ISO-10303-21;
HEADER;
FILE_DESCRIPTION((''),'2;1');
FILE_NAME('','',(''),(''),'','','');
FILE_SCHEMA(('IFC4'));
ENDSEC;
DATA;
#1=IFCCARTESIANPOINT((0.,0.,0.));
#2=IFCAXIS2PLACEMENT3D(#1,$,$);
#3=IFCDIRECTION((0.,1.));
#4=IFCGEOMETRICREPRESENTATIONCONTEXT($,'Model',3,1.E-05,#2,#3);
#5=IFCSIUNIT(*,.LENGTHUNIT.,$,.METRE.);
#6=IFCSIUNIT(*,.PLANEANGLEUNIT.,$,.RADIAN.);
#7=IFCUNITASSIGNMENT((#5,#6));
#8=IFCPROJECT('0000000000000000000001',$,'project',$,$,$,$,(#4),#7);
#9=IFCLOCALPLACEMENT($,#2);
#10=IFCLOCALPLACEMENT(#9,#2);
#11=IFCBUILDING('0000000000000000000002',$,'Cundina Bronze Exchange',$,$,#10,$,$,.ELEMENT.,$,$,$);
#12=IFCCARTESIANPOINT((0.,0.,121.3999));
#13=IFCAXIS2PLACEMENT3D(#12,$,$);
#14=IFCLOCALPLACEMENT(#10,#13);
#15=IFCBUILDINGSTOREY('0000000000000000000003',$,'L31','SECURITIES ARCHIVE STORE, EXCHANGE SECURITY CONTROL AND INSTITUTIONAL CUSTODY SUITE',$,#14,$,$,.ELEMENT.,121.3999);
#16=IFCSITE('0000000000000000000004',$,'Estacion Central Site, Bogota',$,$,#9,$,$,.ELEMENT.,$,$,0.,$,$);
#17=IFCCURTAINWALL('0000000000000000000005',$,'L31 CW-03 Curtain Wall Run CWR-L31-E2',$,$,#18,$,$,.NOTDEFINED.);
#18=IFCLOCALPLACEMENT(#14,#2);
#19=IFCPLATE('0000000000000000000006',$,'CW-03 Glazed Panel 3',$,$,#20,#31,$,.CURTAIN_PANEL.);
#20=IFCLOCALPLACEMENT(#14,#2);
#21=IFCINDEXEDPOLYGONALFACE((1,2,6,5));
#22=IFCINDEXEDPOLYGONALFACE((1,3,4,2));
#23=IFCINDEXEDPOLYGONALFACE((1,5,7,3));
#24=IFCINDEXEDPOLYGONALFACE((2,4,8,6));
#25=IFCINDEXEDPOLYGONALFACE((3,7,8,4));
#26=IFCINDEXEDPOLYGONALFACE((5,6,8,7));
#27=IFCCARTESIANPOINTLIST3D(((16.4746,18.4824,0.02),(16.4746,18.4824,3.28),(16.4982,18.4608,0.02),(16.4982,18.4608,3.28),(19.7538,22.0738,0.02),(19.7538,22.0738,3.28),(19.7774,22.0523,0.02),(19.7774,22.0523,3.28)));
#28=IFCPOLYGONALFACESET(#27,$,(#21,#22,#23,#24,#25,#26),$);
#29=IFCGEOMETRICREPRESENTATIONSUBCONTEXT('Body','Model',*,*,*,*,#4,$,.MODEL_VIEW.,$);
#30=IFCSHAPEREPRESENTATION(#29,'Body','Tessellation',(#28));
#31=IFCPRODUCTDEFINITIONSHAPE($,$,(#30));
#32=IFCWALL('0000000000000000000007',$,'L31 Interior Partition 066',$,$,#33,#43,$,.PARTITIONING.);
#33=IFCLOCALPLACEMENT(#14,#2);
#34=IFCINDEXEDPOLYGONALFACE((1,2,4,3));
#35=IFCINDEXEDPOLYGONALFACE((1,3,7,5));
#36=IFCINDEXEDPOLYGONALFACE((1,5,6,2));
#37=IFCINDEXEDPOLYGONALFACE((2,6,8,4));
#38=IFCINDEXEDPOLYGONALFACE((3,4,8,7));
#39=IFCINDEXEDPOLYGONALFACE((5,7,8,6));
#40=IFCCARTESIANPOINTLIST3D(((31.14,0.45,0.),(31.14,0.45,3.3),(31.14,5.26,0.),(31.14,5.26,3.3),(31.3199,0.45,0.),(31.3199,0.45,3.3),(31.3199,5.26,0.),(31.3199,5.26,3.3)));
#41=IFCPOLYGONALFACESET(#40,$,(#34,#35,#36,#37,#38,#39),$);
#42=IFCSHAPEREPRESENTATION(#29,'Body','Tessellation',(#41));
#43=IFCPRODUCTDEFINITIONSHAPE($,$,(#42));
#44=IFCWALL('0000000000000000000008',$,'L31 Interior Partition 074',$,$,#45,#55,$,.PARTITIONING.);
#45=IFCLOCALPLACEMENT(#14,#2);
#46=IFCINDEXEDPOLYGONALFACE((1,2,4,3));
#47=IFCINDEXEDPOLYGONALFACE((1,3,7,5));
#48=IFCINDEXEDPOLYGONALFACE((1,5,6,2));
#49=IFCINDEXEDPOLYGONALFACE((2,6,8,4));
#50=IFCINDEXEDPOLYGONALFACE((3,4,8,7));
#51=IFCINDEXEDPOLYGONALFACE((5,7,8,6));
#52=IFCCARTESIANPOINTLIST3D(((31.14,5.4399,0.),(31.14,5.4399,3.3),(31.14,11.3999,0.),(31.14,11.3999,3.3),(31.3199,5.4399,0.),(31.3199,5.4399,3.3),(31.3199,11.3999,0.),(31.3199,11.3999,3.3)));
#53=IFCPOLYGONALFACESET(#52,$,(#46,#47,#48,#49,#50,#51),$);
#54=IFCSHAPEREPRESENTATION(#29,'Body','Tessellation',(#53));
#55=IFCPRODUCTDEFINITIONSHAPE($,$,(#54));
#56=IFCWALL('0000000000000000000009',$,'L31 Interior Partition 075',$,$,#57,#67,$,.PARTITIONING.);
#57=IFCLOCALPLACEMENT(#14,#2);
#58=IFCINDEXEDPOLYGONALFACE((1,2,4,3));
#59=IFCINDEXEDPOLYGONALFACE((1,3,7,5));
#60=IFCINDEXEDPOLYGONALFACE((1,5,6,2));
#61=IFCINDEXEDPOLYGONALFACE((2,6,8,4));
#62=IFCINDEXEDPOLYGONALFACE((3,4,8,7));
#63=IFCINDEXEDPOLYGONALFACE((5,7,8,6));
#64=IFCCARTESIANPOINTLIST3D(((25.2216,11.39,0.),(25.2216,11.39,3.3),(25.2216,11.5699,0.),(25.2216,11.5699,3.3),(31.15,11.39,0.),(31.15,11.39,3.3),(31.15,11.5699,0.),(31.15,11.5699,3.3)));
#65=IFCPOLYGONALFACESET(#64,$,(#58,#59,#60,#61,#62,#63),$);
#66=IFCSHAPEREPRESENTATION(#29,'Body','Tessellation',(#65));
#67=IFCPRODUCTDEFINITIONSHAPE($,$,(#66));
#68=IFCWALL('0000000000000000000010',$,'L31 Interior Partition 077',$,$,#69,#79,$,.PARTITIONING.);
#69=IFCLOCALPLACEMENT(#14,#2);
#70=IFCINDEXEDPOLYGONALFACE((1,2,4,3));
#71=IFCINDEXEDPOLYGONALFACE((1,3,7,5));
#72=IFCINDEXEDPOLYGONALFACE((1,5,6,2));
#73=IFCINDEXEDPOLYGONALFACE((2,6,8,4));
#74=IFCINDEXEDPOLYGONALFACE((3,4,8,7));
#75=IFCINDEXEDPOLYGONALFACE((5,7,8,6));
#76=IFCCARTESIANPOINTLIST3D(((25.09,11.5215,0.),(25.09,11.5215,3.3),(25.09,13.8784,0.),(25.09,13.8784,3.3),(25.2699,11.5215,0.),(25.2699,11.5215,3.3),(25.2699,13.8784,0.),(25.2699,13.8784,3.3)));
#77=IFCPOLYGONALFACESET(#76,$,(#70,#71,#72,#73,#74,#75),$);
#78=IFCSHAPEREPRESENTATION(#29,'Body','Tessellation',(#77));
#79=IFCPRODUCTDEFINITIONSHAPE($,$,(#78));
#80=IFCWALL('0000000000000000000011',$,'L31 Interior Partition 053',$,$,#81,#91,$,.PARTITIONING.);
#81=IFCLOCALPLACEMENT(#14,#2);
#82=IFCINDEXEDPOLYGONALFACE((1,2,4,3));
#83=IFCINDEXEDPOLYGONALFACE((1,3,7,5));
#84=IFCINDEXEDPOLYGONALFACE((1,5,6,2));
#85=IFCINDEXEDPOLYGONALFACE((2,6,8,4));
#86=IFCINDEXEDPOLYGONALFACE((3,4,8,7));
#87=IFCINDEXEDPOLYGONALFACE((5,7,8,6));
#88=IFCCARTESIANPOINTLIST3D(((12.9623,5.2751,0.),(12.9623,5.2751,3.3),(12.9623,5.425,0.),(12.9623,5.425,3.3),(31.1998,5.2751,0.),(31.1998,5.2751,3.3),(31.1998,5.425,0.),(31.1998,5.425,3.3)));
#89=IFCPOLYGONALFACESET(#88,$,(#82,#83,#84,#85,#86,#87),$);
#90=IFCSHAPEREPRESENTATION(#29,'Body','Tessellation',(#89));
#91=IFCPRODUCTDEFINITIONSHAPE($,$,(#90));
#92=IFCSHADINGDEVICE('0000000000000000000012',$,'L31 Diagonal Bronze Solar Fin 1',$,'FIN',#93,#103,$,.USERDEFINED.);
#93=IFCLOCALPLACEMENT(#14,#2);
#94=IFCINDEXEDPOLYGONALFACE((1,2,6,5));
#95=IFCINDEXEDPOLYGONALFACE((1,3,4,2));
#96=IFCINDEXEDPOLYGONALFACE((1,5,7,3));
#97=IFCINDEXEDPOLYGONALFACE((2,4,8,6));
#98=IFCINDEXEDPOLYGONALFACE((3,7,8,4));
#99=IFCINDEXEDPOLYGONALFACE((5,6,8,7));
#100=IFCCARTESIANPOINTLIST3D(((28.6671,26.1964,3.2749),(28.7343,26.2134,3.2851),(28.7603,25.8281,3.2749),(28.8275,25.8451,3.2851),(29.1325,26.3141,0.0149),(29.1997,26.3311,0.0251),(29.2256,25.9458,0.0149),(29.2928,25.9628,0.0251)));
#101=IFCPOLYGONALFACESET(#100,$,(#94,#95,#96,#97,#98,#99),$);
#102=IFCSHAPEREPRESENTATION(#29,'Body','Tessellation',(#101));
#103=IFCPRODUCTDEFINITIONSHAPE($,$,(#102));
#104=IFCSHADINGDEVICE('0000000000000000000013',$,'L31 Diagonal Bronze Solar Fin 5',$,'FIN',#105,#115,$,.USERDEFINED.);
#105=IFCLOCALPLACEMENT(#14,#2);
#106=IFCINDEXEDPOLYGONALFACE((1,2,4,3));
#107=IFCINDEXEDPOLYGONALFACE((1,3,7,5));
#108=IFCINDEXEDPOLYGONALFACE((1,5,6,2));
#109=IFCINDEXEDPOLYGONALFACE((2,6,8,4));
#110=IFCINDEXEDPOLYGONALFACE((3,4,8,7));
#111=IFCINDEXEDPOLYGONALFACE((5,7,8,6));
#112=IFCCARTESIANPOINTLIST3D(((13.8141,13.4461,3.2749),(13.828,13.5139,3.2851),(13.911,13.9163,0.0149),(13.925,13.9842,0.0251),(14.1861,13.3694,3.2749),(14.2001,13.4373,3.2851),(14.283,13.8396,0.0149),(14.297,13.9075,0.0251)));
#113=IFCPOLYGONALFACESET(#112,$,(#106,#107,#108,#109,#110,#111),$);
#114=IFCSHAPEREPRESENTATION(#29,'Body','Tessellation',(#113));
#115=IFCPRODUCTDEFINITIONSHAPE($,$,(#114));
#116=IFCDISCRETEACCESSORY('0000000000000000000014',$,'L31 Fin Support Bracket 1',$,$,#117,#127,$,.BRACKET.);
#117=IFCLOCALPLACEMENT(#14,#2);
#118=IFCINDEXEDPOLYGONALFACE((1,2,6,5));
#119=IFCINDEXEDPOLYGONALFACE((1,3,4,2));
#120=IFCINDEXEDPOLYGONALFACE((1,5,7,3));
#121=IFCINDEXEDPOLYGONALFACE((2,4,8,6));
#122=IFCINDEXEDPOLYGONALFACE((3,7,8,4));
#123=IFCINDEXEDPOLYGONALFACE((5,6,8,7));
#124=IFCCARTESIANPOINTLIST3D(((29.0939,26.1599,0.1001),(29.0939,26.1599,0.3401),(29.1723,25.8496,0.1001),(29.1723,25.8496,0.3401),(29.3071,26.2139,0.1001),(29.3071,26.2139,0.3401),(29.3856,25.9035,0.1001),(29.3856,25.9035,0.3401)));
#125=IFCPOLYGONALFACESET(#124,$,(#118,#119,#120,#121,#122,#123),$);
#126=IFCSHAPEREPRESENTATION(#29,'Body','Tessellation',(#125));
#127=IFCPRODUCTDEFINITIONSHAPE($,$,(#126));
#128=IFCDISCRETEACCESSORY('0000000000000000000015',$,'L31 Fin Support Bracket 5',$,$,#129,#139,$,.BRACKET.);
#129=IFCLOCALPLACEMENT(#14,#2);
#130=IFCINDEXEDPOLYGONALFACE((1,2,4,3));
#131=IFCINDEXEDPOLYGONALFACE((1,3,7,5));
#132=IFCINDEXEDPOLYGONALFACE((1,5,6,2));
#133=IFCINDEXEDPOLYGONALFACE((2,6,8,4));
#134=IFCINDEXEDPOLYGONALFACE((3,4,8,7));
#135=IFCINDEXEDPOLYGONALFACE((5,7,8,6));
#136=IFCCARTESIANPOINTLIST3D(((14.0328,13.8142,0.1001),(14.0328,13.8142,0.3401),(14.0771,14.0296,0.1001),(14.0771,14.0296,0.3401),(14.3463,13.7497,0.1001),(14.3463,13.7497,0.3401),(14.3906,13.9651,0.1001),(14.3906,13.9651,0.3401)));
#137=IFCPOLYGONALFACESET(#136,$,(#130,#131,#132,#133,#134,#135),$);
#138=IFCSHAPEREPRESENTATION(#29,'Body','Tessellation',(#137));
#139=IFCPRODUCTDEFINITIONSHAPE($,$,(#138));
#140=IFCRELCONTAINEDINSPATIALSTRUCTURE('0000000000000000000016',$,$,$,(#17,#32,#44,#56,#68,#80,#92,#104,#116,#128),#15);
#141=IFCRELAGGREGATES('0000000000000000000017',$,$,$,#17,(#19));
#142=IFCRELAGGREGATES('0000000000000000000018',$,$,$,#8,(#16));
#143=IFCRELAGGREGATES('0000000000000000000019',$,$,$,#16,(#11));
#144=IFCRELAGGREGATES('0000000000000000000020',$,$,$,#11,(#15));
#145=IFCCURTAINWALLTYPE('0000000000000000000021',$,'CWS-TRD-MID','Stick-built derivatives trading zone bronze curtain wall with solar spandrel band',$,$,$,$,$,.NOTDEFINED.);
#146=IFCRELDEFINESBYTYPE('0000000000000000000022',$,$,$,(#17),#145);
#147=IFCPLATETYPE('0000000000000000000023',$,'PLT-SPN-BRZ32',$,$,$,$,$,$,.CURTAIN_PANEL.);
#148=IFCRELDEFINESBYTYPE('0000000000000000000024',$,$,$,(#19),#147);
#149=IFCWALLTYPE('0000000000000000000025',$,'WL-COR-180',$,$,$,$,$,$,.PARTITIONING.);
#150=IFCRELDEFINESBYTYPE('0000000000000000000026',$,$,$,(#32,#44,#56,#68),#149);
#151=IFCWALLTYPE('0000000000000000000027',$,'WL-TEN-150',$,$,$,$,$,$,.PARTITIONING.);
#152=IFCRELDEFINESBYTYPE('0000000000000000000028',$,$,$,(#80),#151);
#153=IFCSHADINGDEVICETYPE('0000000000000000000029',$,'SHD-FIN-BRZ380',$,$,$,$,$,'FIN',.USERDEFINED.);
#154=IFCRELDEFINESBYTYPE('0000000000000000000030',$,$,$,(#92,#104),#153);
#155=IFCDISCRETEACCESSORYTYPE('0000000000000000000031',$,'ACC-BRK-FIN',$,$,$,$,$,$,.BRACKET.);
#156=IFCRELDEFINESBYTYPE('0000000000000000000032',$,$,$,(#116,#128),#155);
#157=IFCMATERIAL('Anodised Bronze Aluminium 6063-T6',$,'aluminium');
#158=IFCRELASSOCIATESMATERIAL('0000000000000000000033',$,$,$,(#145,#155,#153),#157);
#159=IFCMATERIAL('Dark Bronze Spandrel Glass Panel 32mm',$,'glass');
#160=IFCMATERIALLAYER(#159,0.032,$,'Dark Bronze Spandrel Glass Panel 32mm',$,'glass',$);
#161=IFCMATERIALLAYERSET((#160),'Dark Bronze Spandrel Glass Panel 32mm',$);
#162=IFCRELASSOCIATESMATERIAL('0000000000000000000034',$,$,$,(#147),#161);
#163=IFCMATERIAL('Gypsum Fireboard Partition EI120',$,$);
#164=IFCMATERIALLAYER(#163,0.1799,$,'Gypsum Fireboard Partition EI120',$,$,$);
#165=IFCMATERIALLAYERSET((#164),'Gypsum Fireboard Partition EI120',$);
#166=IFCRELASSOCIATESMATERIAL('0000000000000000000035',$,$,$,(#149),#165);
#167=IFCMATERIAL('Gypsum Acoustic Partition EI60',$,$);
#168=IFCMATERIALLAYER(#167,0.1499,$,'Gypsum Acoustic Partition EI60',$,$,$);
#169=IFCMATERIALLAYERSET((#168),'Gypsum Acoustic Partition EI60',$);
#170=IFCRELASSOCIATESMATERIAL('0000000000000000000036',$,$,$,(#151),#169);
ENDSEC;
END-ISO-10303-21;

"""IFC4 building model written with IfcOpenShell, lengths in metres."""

from ifc_helpers import new_model, si_unit, direction, frame, frame_2d, origin, origin_2d, place, context, subcontext, project, spatial, rectangle, extrude, material, layer, layer_set, material_profile, profile_set, type_object, element, aggregate, save


model = new_model("IFC4")

# Units and contexts
model_context = context("Model", 3, precision=1e-05, world=origin(), true_north=direction((0.0, 1.0)))
body_context = subcontext(model_context, "Body", "Model", "MODEL_VIEW")
ifc_project = project(units=[si_unit("LENGTHUNIT", "METRE"), si_unit("PLANEANGLEUNIT", "RADIAN")], contexts=[model_context])

# Site, building, storey
site_placement = place(None, origin())
site = spatial("IfcSite", under=ifc_project, at=site_placement, Name="Estacion Central Site, Bogota", CompositionType="ELEMENT", RefElevation=0.0)
building_placement = place(site_placement, origin())
building = spatial("IfcBuilding", under=site, at=building_placement, Name="Cundina Bronze Exchange", CompositionType="ELEMENT")
storey_placement = place(building_placement, frame((0.0, 0.0, 121.3999)))
storey = spatial("IfcBuildingStorey", under=building, at=storey_placement, Name="L31", Description="SECURITIES ARCHIVE STORE, EXCHANGE SECURITY CONTROL AND INSTITUTIONAL CUSTODY SUITE", CompositionType="ELEMENT", Elevation=121.3999)

# Shared definitions
ifc_material_1 = material(Name="Anodised Bronze Aluminium 6063-T6", Category="aluminium")
curtain_wall_type = type_object("IfcCurtainWallType", Name="CWS-TRD-MID", Description="Stick-built derivatives trading zone bronze curtain wall with solar spandrel band", PredefinedType="NOTDEFINED", material=ifc_material_1)

# Curtain wall, plate
curtain_wall_1_placement = place(storey_placement, origin())
curtain_wall_1 = element("IfcCurtainWall", 1, at=curtain_wall_1_placement, inside=storey, type_object=curtain_wall_type, Name="L31 CW-03 Curtain Wall Run CWR-L31-E2", PredefinedType="NOTDEFINED")
ifc_material_2 = material(Name="Dark Bronze Spandrel Glass Panel 32mm", Category="glass")
ifc_layer_1 = layer(ifc_material_2, 0.032, Name="Dark Bronze Spandrel Glass Panel 32mm", Category="glass")
ifc_layer_set_1 = layer_set([ifc_layer_1], Name="Dark Bronze Spandrel Glass Panel 32mm")
plate_type_1 = type_object("IfcPlateType", Name="PLT-SPN-BRZ32", PredefinedType="CURTAIN_PANEL", material=ifc_layer_set_1)
plate_1_placement = place(storey_placement, frame((18.126, 20.2673, 0.02), z_axis=(0.0, 0.0, 1.0), x_axis=(-0.674277, -0.738479, 0.0)))
plate_1 = element("IfcPlate", 2, at=plate_1_placement, type_object=plate_type_1, Name="CW-03 Glazed Panel 3", PredefinedType="CURTAIN_PANEL", context=body_context, shape_type="SweptSolid", body=[
    extrude(rectangle(XDim=4.8633, YDim=0.032, at=origin_2d()), origin(), (0.0, 0.0, 1.0), 3.26),
])
aggregate(curtain_wall_1, [plate_1])

# Walls
ifc_material_3 = material(Name="Gypsum Fireboard Partition EI120")
ifc_layer_2 = layer(ifc_material_3, 0.1799, Name="Gypsum Fireboard Partition EI120")
ifc_layer_set_2 = layer_set([ifc_layer_2], Name="Gypsum Fireboard Partition EI120")
wall_type_1 = type_object("IfcWallType", Name="WL-COR-180", PredefinedType="PARTITIONING", material=ifc_layer_set_2)
wall_1_placement = place(storey_placement, frame((31.23, 5.26, 0.0), z_axis=(0.0, 0.0, 1.0), x_axis=(0.0, -1.0, 0.0)))
element("IfcWall", 3, at=wall_1_placement, inside=storey, type_object=wall_type_1, Name="L31 Interior Partition 066", PredefinedType="PARTITIONING", context=body_context, shape_type="SweptSolid", body=[
    extrude(rectangle(XDim=4.8101, YDim=0.1799, at=frame_2d((2.405, 0.0))), origin(), (0.0, 0.0, 1.0), 3.3),
])
wall_2_placement = place(storey_placement, frame((31.23, 11.3999, 0.0), z_axis=(0.0, 0.0, 1.0), x_axis=(0.0, -1.0, 0.0)))
element("IfcWall", 4, at=wall_2_placement, inside=storey, type_object=wall_type_1, Name="L31 Interior Partition 074", PredefinedType="PARTITIONING", context=body_context, shape_type="SweptSolid", body=[
    extrude(rectangle(XDim=5.96, YDim=0.1799, at=frame_2d((2.98, 0.0))), origin(), (0.0, 0.0, 1.0), 3.3),
])
wall_3_placement = place(storey_placement, frame((25.2214, 11.48, 0.0), z_axis=(0.0, 0.0, 1.0), x_axis=(1.0, 0.0, 0.0)))
element("IfcWall", 5, at=wall_3_placement, inside=storey, type_object=wall_type_1, Name="L31 Interior Partition 075", PredefinedType="PARTITIONING", context=body_context, shape_type="SweptSolid", body=[
    extrude(rectangle(XDim=5.9285, YDim=0.1799, at=frame_2d((2.9644, 0.0))), origin(), (0.0, 0.0, 1.0), 3.3),
])
wall_4_placement = place(storey_placement, frame((25.1799, 13.8784, 0.0), z_axis=(0.0, 0.0, 1.0), x_axis=(0.0, -1.0, 0.0)))
element("IfcWall", 6, at=wall_4_placement, inside=storey, type_object=wall_type_1, Name="L31 Interior Partition 077", PredefinedType="PARTITIONING", context=body_context, shape_type="SweptSolid", body=[
    extrude(rectangle(XDim=2.3569, YDim=0.1799, at=frame_2d((1.1785, 0.0))), origin(), (0.0, 0.0, 1.0), 3.3),
])
ifc_material_4 = material(Name="Gypsum Acoustic Partition EI60")
ifc_layer_3 = layer(ifc_material_4, 0.1499, Name="Gypsum Acoustic Partition EI60")
ifc_layer_set_3 = layer_set([ifc_layer_3], Name="Gypsum Acoustic Partition EI60")
wall_type_2 = type_object("IfcWallType", Name="WL-TEN-150", PredefinedType="PARTITIONING", material=ifc_layer_set_3)
wall_5_placement = place(storey_placement, frame((12.9624, 5.3501, 0.0), z_axis=(0.0, 0.0, 1.0), x_axis=(1.0, 0.0, 0.0)))
element("IfcWall", 7, at=wall_5_placement, inside=storey, type_object=wall_type_2, Name="L31 Interior Partition 053", PredefinedType="PARTITIONING", context=body_context, shape_type="SweptSolid", body=[
    extrude(rectangle(XDim=18.2375, YDim=0.1499, at=frame_2d((9.1187, 0.0))), origin(), (0.0, 0.0, 1.0), 3.3),
])

# Shading devices
ifc_material_profile_1 = material_profile(ifc_material_1, rectangle(XDim=0.0701, YDim=0.3799, at=origin_2d()), Name="FIN70X380", Category="aluminium")
ifc_profile_set_1 = profile_set([ifc_material_profile_1], Name="Anodised Bronze Aluminium 6063-T6")
shading_device_type = type_object("IfcShadingDeviceType", Name="SHD-FIN-BRZ380", ElementType="FIN", PredefinedType="USERDEFINED", material=ifc_profile_set_1)
for number, where, z_axis, x_axis, name in (
    (8, (29.2126, 26.1384, 0.02), (-0.141217, -0.035712, 0.989334), (0.959141, 0.242553, 0.145663), "L31 Diagonal Bronze Solar Fin 1"),
    (9, (14.104, 13.9119, 0.02), (-0.029414, -0.142698, 0.989329), (0.199728, 0.968959, 0.145698), "L31 Diagonal Bronze Solar Fin 5"),
):
    element("IfcShadingDevice", number, at=place(storey_placement, frame(where, z_axis=z_axis, x_axis=x_axis)), inside=storey, type_object=shading_device_type, Name=name, ObjectType="FIN", PredefinedType="USERDEFINED", context=body_context, shape_type="SweptSolid", body=[
        extrude(rectangle(XDim=0.0701, YDim=0.3799, at=origin_2d()), origin(), (0.0, 0.0, 1.0), 3.2952),
    ])

# Discrete accessories
discrete_accessory_type = type_object("IfcDiscreteAccessoryType", Name="ACC-BRK-FIN", PredefinedType="BRACKET", material=ifc_material_1)
for number, where, z_axis, x_axis, name in (
    (10, (29.2397, 26.0317, 0.1001), (0.0, 0.0, 1.0), (-0.969488, -0.245138, 0.0), "L31 Fin Support Bracket 1"),
    (11, (14.2117, 13.8896, 0.1001), (0.0, 0.0, 1.0), (-0.20142, -0.979505, 0.0), "L31 Fin Support Bracket 5"),
):
    element("IfcDiscreteAccessory", number, at=place(storey_placement, frame(where, z_axis=z_axis, x_axis=x_axis)), inside=storey, type_object=discrete_accessory_type, Name=name, PredefinedType="BRACKET", context=body_context, shape_type="SweptSolid", body=[
        extrude(rectangle(XDim=0.22, YDim=0.3201, at=origin_2d()), origin(), (0.0, 0.0, 1.0), 0.24),
    ])

save(model, "model.ifc")
